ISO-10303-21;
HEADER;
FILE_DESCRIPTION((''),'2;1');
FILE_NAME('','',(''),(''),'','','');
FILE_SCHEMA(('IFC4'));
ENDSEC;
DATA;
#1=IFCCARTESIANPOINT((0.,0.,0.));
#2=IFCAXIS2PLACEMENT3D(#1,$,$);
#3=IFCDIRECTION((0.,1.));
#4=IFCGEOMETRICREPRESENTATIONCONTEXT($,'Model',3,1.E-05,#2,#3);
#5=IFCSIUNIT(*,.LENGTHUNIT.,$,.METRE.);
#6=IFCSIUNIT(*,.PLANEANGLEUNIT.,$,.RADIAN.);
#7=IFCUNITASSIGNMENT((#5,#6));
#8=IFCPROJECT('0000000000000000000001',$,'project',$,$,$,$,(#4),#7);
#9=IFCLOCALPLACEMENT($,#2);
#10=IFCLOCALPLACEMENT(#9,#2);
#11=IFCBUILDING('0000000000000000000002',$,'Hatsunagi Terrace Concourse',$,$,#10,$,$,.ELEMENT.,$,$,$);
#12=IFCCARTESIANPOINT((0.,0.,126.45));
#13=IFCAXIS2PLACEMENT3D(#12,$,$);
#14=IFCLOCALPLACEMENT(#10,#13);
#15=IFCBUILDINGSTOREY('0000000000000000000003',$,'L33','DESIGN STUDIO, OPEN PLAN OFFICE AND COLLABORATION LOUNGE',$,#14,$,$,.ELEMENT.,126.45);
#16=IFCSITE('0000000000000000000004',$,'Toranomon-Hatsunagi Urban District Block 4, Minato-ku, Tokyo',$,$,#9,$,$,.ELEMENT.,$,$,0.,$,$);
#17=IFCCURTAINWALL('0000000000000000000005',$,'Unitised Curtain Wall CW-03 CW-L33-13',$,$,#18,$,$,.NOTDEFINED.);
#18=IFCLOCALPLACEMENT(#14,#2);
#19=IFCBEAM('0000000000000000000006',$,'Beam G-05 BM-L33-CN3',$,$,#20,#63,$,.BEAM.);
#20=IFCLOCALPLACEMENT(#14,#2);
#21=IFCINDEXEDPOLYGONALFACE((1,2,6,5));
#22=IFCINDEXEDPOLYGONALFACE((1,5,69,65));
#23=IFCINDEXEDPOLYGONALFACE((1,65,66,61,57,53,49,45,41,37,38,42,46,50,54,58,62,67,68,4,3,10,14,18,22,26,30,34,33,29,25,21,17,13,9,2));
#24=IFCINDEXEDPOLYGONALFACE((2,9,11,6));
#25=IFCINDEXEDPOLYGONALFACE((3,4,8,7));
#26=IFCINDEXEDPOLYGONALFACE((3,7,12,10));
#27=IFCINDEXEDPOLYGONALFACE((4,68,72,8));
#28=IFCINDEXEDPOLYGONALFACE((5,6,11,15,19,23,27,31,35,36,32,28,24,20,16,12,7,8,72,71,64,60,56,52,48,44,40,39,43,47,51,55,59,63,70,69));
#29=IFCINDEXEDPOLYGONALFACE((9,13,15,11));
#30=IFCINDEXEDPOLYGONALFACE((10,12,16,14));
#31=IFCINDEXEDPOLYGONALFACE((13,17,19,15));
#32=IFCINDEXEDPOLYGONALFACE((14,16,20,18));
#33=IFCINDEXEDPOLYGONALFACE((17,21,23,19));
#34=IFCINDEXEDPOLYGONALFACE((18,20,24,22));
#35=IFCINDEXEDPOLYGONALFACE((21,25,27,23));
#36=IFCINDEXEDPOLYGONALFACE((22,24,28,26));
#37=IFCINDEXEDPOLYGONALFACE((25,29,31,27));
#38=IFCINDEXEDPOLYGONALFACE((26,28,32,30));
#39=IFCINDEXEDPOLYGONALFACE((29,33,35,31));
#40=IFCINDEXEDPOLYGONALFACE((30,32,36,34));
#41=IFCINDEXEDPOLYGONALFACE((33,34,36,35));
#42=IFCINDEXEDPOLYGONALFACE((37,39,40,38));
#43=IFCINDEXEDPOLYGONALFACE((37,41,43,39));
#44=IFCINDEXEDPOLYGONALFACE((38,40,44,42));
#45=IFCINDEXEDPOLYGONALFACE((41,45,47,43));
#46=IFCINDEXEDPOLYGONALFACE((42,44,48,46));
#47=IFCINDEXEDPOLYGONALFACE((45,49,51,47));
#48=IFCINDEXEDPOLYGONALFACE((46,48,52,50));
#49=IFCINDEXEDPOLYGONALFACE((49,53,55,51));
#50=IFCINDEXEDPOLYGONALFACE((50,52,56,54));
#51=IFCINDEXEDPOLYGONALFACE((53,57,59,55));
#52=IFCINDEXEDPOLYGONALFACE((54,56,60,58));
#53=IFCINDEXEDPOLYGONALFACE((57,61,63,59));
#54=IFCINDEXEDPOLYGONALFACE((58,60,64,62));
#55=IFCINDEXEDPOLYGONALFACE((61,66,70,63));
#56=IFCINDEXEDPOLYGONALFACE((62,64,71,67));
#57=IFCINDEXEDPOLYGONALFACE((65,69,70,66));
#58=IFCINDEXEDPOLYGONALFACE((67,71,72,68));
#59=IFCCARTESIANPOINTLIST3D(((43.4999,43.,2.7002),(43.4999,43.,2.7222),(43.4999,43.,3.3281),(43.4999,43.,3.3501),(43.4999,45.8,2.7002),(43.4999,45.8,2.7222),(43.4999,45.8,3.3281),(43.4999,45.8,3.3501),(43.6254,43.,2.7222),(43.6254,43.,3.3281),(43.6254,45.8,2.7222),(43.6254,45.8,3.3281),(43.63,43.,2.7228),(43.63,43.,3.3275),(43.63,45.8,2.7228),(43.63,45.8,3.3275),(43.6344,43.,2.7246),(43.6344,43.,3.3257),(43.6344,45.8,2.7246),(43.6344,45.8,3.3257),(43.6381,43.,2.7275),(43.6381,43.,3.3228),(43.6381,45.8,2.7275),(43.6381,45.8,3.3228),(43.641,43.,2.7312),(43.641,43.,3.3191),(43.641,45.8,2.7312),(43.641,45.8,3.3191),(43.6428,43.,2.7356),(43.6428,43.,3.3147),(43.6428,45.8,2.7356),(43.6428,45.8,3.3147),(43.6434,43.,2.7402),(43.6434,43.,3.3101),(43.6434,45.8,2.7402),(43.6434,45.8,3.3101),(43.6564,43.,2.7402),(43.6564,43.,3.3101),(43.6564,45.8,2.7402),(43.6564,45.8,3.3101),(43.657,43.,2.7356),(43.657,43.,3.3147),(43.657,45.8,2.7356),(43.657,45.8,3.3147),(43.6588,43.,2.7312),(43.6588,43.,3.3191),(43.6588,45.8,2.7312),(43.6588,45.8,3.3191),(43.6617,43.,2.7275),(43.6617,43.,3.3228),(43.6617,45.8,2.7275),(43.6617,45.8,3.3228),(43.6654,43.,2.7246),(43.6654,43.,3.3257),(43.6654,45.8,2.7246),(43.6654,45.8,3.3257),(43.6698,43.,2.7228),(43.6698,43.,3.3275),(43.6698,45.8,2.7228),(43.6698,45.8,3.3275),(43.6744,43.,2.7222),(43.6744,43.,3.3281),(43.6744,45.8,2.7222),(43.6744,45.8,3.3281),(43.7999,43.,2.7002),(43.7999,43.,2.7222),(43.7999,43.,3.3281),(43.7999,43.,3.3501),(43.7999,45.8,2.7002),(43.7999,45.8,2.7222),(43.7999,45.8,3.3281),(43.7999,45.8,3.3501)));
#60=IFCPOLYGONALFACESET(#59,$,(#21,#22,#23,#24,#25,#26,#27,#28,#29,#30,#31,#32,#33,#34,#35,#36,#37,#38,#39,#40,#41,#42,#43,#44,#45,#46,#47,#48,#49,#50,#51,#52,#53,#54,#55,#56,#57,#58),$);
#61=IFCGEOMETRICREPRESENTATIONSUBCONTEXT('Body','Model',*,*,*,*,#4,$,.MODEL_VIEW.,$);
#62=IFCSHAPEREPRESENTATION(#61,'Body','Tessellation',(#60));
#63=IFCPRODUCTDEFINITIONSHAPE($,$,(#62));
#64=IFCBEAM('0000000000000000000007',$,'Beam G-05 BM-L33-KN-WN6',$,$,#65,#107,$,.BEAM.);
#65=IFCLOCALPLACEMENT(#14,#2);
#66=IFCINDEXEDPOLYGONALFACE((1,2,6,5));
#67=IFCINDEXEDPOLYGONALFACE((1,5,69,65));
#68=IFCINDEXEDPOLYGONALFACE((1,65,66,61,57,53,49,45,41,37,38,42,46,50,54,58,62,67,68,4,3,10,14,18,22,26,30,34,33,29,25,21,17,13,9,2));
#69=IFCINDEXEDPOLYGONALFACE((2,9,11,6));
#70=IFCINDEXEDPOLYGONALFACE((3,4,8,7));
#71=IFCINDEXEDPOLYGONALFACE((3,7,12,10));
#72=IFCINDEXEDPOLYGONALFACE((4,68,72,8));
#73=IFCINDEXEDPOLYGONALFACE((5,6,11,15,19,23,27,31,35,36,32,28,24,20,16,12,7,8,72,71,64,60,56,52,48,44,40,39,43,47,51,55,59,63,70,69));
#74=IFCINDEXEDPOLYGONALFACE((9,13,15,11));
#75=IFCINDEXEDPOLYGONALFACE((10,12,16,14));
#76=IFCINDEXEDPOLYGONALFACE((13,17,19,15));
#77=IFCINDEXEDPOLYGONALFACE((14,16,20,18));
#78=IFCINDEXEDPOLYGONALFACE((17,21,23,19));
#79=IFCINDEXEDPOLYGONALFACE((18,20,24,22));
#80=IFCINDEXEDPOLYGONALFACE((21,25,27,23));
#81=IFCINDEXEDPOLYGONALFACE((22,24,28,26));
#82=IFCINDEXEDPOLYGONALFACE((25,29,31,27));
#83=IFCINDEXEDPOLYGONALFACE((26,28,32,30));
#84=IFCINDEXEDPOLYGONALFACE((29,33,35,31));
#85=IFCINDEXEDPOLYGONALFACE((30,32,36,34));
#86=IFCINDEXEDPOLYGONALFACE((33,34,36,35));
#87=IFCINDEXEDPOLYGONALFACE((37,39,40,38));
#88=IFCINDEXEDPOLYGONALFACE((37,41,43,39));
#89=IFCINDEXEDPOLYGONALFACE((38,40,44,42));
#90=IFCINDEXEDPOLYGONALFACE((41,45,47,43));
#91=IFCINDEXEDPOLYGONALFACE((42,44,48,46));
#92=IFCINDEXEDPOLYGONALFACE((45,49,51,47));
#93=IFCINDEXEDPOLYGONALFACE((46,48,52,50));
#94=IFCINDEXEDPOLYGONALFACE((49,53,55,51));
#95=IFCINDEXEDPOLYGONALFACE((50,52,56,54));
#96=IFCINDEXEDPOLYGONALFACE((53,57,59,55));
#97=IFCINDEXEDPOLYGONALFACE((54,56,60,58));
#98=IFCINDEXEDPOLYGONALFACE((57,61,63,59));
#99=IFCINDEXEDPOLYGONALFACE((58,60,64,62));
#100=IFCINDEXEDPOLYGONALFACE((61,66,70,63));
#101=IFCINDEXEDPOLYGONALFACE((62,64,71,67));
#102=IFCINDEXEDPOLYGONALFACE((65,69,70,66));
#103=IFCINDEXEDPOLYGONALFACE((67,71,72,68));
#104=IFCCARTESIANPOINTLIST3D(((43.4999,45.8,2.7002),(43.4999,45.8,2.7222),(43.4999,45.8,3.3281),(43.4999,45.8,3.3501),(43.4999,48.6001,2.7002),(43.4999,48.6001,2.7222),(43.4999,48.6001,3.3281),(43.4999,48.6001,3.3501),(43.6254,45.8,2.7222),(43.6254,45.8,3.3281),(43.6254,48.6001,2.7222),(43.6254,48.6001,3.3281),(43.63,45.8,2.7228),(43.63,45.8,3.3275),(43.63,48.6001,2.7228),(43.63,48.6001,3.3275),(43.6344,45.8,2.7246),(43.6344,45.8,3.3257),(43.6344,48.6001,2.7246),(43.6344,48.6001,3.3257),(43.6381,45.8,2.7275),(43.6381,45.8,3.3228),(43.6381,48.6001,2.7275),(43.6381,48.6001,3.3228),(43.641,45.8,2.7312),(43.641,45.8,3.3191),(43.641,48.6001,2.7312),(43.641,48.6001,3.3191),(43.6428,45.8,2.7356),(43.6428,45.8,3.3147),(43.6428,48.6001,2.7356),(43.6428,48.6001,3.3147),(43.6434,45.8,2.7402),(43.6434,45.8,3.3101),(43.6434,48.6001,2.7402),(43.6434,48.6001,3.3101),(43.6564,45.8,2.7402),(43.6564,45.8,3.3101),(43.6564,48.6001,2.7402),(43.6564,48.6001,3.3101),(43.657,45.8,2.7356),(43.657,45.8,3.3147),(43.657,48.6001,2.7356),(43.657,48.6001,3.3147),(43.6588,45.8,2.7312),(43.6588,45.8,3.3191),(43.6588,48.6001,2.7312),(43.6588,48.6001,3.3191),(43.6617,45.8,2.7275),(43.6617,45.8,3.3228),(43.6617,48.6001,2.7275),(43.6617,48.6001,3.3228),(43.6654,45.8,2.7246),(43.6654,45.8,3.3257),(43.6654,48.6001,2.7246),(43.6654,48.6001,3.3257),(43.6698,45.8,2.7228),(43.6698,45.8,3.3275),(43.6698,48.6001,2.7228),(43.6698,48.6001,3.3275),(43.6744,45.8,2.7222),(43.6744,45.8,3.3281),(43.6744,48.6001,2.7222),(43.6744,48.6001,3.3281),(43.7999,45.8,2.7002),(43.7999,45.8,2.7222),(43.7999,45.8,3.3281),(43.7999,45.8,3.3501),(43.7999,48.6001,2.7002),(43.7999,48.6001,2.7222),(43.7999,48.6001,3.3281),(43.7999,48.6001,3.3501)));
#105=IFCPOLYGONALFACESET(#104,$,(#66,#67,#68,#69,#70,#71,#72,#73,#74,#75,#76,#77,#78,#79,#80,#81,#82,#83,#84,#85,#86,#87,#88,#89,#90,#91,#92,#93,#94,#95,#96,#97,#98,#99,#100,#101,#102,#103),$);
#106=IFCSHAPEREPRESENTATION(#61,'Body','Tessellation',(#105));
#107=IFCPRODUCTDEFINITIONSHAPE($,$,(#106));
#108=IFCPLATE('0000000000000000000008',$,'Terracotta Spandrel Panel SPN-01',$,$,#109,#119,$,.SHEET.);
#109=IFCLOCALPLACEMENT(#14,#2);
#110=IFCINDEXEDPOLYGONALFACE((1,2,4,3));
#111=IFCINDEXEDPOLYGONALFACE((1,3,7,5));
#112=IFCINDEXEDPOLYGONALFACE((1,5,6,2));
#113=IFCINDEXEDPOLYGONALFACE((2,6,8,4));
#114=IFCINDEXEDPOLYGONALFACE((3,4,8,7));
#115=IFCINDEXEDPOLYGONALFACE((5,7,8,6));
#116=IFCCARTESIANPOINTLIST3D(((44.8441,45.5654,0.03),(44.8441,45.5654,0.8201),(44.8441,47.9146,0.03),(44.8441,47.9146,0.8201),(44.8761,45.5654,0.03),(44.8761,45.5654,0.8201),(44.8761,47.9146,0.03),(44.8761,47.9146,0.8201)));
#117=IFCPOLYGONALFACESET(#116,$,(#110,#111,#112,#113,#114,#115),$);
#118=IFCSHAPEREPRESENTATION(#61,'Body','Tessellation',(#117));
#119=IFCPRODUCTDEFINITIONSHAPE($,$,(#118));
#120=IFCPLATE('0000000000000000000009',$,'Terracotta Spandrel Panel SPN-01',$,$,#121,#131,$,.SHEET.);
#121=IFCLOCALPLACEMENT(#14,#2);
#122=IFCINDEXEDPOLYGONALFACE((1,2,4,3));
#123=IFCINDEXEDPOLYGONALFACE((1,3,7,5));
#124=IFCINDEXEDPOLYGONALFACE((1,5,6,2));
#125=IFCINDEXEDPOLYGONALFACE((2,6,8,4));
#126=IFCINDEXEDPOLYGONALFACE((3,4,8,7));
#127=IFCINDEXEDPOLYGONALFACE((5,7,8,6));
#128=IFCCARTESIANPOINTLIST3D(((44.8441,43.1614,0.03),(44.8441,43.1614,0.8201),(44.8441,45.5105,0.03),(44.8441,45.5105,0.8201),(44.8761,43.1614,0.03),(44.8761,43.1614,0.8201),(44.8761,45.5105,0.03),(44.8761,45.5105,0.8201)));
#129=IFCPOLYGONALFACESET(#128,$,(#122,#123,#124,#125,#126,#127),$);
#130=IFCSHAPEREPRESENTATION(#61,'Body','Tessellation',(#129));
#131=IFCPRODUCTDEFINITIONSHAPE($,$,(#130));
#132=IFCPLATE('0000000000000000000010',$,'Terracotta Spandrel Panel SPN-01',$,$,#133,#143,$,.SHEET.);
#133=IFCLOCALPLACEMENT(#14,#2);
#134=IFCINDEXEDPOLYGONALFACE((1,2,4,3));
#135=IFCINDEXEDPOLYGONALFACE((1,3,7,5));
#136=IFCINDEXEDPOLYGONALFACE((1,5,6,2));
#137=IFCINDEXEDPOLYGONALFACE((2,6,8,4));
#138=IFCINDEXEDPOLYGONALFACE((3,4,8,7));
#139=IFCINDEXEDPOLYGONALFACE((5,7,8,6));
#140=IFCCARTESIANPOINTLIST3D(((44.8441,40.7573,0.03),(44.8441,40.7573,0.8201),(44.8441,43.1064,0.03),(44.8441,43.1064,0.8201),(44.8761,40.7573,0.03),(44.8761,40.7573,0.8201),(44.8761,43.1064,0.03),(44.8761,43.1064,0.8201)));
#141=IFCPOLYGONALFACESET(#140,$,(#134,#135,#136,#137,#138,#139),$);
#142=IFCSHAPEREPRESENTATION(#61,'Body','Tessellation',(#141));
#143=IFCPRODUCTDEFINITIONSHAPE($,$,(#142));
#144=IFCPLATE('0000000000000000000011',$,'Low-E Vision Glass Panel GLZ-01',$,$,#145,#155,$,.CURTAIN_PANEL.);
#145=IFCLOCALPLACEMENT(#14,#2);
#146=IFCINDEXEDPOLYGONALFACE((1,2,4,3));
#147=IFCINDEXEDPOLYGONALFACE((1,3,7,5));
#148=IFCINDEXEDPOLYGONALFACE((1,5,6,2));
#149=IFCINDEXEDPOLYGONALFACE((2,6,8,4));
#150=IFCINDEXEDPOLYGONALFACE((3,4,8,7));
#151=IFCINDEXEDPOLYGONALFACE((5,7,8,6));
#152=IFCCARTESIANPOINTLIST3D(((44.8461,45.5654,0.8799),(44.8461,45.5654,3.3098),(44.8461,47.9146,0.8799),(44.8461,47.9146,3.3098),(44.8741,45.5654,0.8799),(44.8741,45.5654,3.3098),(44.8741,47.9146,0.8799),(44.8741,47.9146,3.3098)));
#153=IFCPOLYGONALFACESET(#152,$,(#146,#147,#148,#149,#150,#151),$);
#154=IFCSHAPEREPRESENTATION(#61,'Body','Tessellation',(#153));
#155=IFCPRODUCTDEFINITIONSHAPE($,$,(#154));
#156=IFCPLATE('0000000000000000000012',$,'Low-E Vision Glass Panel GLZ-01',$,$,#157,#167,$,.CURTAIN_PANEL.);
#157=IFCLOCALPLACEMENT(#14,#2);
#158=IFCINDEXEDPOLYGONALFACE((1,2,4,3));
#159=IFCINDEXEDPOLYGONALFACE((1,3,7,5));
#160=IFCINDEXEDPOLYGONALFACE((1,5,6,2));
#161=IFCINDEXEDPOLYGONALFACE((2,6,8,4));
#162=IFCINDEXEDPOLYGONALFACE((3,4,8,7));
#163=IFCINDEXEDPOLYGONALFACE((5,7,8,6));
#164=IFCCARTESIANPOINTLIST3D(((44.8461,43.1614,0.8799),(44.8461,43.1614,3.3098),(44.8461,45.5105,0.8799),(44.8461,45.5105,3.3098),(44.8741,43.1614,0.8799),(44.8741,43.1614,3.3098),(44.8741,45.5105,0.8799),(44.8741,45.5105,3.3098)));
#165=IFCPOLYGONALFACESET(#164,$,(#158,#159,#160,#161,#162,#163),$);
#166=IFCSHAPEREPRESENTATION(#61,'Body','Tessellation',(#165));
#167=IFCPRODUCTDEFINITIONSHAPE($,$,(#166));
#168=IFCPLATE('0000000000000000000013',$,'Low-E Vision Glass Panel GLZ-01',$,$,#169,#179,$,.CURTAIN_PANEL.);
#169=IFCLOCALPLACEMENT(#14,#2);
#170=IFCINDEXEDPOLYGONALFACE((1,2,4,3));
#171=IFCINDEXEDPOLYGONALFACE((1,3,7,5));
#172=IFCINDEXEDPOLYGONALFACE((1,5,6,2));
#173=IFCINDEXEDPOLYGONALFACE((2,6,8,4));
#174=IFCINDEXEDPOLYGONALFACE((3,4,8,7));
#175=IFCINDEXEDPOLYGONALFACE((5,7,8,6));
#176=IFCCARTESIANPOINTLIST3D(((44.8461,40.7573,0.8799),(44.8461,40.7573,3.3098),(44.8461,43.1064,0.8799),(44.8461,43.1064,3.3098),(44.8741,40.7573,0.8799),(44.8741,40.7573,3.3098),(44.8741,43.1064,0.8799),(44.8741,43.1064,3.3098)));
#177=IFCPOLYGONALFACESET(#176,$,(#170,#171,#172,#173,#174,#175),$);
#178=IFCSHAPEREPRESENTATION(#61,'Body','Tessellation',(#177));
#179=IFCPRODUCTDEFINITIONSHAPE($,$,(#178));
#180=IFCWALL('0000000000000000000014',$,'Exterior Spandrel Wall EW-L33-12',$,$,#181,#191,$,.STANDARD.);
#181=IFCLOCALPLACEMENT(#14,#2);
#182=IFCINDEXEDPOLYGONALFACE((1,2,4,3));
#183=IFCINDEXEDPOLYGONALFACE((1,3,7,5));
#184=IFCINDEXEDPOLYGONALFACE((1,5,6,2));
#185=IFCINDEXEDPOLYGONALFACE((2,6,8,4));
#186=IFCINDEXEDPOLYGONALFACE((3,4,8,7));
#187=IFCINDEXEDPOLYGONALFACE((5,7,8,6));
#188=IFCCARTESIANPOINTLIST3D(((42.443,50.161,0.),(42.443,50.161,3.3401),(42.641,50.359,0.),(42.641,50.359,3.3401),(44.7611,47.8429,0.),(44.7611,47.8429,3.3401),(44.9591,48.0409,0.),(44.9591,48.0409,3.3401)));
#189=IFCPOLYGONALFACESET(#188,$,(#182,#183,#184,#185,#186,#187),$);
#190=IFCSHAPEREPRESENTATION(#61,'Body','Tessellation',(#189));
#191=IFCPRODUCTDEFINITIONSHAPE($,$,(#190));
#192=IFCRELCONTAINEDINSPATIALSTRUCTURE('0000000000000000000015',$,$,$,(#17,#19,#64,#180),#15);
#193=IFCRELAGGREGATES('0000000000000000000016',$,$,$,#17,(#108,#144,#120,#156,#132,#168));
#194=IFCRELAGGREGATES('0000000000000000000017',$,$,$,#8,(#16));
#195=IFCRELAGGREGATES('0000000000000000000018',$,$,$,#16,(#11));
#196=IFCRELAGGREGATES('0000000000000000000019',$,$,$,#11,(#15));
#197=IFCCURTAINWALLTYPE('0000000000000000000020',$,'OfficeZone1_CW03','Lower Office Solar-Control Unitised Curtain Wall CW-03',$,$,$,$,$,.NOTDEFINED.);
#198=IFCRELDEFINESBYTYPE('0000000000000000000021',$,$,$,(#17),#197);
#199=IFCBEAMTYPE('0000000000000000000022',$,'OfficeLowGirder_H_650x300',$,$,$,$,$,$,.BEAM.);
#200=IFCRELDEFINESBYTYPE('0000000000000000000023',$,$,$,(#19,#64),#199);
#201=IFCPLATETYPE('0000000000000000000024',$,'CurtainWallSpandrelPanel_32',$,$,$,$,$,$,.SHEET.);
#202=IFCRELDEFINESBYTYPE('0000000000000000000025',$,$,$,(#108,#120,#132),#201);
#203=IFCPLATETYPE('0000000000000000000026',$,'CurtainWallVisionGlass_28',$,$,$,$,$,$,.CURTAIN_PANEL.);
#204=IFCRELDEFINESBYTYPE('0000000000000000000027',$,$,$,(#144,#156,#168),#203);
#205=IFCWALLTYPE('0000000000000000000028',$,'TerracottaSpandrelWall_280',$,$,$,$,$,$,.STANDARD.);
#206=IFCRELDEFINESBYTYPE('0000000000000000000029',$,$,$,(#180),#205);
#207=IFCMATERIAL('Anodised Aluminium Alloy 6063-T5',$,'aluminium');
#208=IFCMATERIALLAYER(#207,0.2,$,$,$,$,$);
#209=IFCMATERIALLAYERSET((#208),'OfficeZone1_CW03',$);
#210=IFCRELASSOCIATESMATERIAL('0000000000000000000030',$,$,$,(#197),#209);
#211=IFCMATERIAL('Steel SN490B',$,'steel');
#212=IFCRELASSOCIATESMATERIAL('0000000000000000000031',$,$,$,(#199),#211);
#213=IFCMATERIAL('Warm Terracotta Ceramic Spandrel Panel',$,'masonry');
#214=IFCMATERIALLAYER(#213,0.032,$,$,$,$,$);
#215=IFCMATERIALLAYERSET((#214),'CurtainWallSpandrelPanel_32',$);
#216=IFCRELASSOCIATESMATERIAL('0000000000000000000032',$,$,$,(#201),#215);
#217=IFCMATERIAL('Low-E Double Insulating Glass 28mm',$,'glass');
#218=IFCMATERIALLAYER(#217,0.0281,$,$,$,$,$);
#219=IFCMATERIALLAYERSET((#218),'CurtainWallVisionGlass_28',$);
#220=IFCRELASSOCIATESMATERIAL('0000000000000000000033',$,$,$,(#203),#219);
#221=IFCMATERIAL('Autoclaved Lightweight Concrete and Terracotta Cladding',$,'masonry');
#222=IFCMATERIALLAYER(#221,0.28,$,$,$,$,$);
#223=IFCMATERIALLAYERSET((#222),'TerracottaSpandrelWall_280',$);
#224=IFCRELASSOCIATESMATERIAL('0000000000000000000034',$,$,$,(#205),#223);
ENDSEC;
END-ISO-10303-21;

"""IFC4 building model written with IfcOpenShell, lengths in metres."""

from ifc_helpers import new_model, si_unit, direction, frame, frame_2d, origin, origin_2d, place, context, subcontext, project, spatial, rectangle, i_section, extrude, material, layer, layer_set, material_profile, profile_set, type_object, element, aggregate, save


model = new_model("IFC4")

# Units and contexts
model_context = context("Model", 3, precision=1e-05, world=origin(), true_north=direction((0.0, 1.0)))
body_context = subcontext(model_context, "Body", "Model", "MODEL_VIEW")
ifc_project = project(units=[si_unit("LENGTHUNIT", "METRE"), si_unit("PLANEANGLEUNIT", "RADIAN")], contexts=[model_context])

# Site, building, storey
site_placement = place(None, origin())
site = spatial("IfcSite", under=ifc_project, at=site_placement, Name="Toranomon-Hatsunagi Urban District Block 4, Minato-ku, Tokyo", CompositionType="ELEMENT", RefElevation=0.0)
building_placement = place(site_placement, origin())
building = spatial("IfcBuilding", under=site, at=building_placement, Name="Hatsunagi Terrace Concourse", CompositionType="ELEMENT")
storey_placement = place(building_placement, frame((0.0, 0.0, 126.45)))
storey = spatial("IfcBuildingStorey", under=building, at=storey_placement, Name="L33", Description="DESIGN STUDIO, OPEN PLAN OFFICE AND COLLABORATION LOUNGE", CompositionType="ELEMENT", Elevation=126.45)

# Curtain wall
ifc_material_1 = material(Name="Anodised Aluminium Alloy 6063-T5", Category="aluminium")
ifc_layer_1 = layer(ifc_material_1, 0.2)
ifc_layer_set_1 = layer_set([ifc_layer_1], Name="OfficeZone1_CW03")
curtain_wall_type = type_object("IfcCurtainWallType", Name="OfficeZone1_CW03", Description="Lower Office Solar-Control Unitised Curtain Wall CW-03", PredefinedType="NOTDEFINED", material=ifc_layer_set_1)
curtain_wall_placement = place(storey_placement, origin())
curtain_wall = element("IfcCurtainWall", 1, at=curtain_wall_placement, inside=storey, type_object=curtain_wall_type, Name="Unitised Curtain Wall CW-03 CW-L33-13", PredefinedType="NOTDEFINED")

# Beams
ifc_material_2 = material(Name="Steel SN490B", Category="steel")
ifc_material_profile_1 = material_profile(ifc_material_2, i_section(OverallWidth=0.3, OverallDepth=0.6499, WebThickness=0.0129, FlangeThickness=0.022, FilletRadius=0.0181, at=origin_2d()), Name="H-650x300x13x22")
ifc_profile_set_1 = profile_set([ifc_material_profile_1], Name="Steel SN490B")
beam_type = type_object("IfcBeamType", Name="OfficeLowGirder_H_650x300", PredefinedType="BEAM", material=ifc_profile_set_1)
for number, where, z_axis, x_axis, name in (
    (2, (43.6499, 43.0, 3.0251), (0.0, 1.0, 0.0), (-1.0, 0.0, 0.0), "Beam G-05 BM-L33-CN3"),
    (3, (43.6499, 45.8, 3.0251), (0.0, 1.0, 0.0), (-1.0, 0.0, 0.0), "Beam G-05 BM-L33-KN-WN6"),
):
    element("IfcBeam", number, at=place(storey_placement, frame(where, z_axis=z_axis, x_axis=x_axis)), inside=storey, type_object=beam_type, Name=name, PredefinedType="BEAM", context=body_context, shape_type="SweptSolid", body=[
        extrude(i_section(OverallWidth=0.3, OverallDepth=0.6499, WebThickness=0.0129, FlangeThickness=0.022, FilletRadius=0.0181, at=origin_2d()), origin(), (0.0, 0.0, 1.0), 2.8),
    ])

# Plates
ifc_material_3 = material(Name="Warm Terracotta Ceramic Spandrel Panel", Category="masonry")
ifc_layer_2 = layer(ifc_material_3, 0.032)
ifc_layer_set_2 = layer_set([ifc_layer_2], Name="CurtainWallSpandrelPanel_32")
plate_type_1 = type_object("IfcPlateType", Name="CurtainWallSpandrelPanel_32", PredefinedType="SHEET", material=ifc_layer_set_2)
plate_1_placement = place(storey_placement, frame((44.8601, 46.74, 0.03), z_axis=(0.0, 0.0, 1.0), x_axis=(0.0, -1.0, 0.0)))
plate_1 = element("IfcPlate", 4, at=plate_1_placement, type_object=plate_type_1, Name="Terracotta Spandrel Panel SPN-01", PredefinedType="SHEET", context=body_context, shape_type="SweptSolid", body=[
    extrude(rectangle(XDim=2.3491, YDim=0.032, at=origin_2d()), origin(), (0.0, 0.0, 1.0), 0.79),
])
plate_2_placement = place(storey_placement, frame((44.8601, 44.3359, 0.03), z_axis=(0.0, 0.0, 1.0), x_axis=(0.0, -1.0, 0.0)))
plate_2 = element("IfcPlate", 5, at=plate_2_placement, type_object=plate_type_1, Name="Terracotta Spandrel Panel SPN-01", PredefinedType="SHEET", context=body_context, shape_type="SweptSolid", body=[
    extrude(rectangle(XDim=2.3491, YDim=0.032, at=origin_2d()), origin(), (0.0, 0.0, 1.0), 0.79),
])
plate_3_placement = place(storey_placement, frame((44.8601, 41.9319, 0.03), z_axis=(0.0, 0.0, 1.0), x_axis=(0.0, -1.0, 0.0)))
plate_3 = element("IfcPlate", 6, at=plate_3_placement, type_object=plate_type_1, Name="Terracotta Spandrel Panel SPN-01", PredefinedType="SHEET", context=body_context, shape_type="SweptSolid", body=[
    extrude(rectangle(XDim=2.3491, YDim=0.032, at=origin_2d()), origin(), (0.0, 0.0, 1.0), 0.79),
])
ifc_material_4 = material(Name="Low-E Double Insulating Glass 28mm", Category="glass")
ifc_layer_3 = layer(ifc_material_4, 0.0281)
ifc_layer_set_3 = layer_set([ifc_layer_3], Name="CurtainWallVisionGlass_28")
plate_type_2 = type_object("IfcPlateType", Name="CurtainWallVisionGlass_28", PredefinedType="CURTAIN_PANEL", material=ifc_layer_set_3)
plate_4_placement = place(storey_placement, frame((44.8601, 46.74, 0.8799), z_axis=(0.0, 0.0, 1.0), x_axis=(0.0, -1.0, 0.0)))
plate_4 = element("IfcPlate", 7, at=plate_4_placement, type_object=plate_type_2, Name="Low-E Vision Glass Panel GLZ-01", PredefinedType="CURTAIN_PANEL", context=body_context, shape_type="SweptSolid", body=[
    extrude(rectangle(XDim=2.3491, YDim=0.0281, at=origin_2d()), origin(), (0.0, 0.0, 1.0), 2.4299),
])
plate_5_placement = place(storey_placement, frame((44.8601, 44.3359, 0.8799), z_axis=(0.0, 0.0, 1.0), x_axis=(0.0, -1.0, 0.0)))
plate_5 = element("IfcPlate", 8, at=plate_5_placement, type_object=plate_type_2, Name="Low-E Vision Glass Panel GLZ-01", PredefinedType="CURTAIN_PANEL", context=body_context, shape_type="SweptSolid", body=[
    extrude(rectangle(XDim=2.3491, YDim=0.0281, at=origin_2d()), origin(), (0.0, 0.0, 1.0), 2.4299),
])
plate_6_placement = place(storey_placement, frame((44.8601, 41.9319, 0.8799), z_axis=(0.0, 0.0, 1.0), x_axis=(0.0, -1.0, 0.0)))
plate_6 = element("IfcPlate", 9, at=plate_6_placement, type_object=plate_type_2, Name="Low-E Vision Glass Panel GLZ-01", PredefinedType="CURTAIN_PANEL", context=body_context, shape_type="SweptSolid", body=[
    extrude(rectangle(XDim=2.3491, YDim=0.0281, at=origin_2d()), origin(), (0.0, 0.0, 1.0), 2.4299),
])
aggregate(curtain_wall, [plate_1, plate_4, plate_2, plate_5, plate_3, plate_6])

# Wall
ifc_material_5 = material(Name="Autoclaved Lightweight Concrete and Terracotta Cladding", Category="masonry")
ifc_layer_4 = layer(ifc_material_5, 0.28)
ifc_layer_set_4 = layer_set([ifc_layer_4], Name="TerracottaSpandrelWall_280")
wall_type = type_object("IfcWallType", Name="TerracottaSpandrelWall_280", PredefinedType="STANDARD", material=ifc_layer_set_4)
wall_placement = place(storey_placement, frame((42.542, 50.26, 0.0), z_axis=(0.0, 0.0, 1.0), x_axis=(0.707107, -0.707107, 0.0)))
element("IfcWall", 10, at=wall_placement, inside=storey, type_object=wall_type, Name="Exterior Spandrel Wall EW-L33-12", PredefinedType="STANDARD", context=body_context, shape_type="SweptSolid", body=[
    extrude(rectangle(XDim=3.2783, YDim=0.28, at=frame_2d((1.6392, 0.0))), origin(), (0.0, 0.0, 1.0), 3.3401),
])

save(model, "model.ifc")
